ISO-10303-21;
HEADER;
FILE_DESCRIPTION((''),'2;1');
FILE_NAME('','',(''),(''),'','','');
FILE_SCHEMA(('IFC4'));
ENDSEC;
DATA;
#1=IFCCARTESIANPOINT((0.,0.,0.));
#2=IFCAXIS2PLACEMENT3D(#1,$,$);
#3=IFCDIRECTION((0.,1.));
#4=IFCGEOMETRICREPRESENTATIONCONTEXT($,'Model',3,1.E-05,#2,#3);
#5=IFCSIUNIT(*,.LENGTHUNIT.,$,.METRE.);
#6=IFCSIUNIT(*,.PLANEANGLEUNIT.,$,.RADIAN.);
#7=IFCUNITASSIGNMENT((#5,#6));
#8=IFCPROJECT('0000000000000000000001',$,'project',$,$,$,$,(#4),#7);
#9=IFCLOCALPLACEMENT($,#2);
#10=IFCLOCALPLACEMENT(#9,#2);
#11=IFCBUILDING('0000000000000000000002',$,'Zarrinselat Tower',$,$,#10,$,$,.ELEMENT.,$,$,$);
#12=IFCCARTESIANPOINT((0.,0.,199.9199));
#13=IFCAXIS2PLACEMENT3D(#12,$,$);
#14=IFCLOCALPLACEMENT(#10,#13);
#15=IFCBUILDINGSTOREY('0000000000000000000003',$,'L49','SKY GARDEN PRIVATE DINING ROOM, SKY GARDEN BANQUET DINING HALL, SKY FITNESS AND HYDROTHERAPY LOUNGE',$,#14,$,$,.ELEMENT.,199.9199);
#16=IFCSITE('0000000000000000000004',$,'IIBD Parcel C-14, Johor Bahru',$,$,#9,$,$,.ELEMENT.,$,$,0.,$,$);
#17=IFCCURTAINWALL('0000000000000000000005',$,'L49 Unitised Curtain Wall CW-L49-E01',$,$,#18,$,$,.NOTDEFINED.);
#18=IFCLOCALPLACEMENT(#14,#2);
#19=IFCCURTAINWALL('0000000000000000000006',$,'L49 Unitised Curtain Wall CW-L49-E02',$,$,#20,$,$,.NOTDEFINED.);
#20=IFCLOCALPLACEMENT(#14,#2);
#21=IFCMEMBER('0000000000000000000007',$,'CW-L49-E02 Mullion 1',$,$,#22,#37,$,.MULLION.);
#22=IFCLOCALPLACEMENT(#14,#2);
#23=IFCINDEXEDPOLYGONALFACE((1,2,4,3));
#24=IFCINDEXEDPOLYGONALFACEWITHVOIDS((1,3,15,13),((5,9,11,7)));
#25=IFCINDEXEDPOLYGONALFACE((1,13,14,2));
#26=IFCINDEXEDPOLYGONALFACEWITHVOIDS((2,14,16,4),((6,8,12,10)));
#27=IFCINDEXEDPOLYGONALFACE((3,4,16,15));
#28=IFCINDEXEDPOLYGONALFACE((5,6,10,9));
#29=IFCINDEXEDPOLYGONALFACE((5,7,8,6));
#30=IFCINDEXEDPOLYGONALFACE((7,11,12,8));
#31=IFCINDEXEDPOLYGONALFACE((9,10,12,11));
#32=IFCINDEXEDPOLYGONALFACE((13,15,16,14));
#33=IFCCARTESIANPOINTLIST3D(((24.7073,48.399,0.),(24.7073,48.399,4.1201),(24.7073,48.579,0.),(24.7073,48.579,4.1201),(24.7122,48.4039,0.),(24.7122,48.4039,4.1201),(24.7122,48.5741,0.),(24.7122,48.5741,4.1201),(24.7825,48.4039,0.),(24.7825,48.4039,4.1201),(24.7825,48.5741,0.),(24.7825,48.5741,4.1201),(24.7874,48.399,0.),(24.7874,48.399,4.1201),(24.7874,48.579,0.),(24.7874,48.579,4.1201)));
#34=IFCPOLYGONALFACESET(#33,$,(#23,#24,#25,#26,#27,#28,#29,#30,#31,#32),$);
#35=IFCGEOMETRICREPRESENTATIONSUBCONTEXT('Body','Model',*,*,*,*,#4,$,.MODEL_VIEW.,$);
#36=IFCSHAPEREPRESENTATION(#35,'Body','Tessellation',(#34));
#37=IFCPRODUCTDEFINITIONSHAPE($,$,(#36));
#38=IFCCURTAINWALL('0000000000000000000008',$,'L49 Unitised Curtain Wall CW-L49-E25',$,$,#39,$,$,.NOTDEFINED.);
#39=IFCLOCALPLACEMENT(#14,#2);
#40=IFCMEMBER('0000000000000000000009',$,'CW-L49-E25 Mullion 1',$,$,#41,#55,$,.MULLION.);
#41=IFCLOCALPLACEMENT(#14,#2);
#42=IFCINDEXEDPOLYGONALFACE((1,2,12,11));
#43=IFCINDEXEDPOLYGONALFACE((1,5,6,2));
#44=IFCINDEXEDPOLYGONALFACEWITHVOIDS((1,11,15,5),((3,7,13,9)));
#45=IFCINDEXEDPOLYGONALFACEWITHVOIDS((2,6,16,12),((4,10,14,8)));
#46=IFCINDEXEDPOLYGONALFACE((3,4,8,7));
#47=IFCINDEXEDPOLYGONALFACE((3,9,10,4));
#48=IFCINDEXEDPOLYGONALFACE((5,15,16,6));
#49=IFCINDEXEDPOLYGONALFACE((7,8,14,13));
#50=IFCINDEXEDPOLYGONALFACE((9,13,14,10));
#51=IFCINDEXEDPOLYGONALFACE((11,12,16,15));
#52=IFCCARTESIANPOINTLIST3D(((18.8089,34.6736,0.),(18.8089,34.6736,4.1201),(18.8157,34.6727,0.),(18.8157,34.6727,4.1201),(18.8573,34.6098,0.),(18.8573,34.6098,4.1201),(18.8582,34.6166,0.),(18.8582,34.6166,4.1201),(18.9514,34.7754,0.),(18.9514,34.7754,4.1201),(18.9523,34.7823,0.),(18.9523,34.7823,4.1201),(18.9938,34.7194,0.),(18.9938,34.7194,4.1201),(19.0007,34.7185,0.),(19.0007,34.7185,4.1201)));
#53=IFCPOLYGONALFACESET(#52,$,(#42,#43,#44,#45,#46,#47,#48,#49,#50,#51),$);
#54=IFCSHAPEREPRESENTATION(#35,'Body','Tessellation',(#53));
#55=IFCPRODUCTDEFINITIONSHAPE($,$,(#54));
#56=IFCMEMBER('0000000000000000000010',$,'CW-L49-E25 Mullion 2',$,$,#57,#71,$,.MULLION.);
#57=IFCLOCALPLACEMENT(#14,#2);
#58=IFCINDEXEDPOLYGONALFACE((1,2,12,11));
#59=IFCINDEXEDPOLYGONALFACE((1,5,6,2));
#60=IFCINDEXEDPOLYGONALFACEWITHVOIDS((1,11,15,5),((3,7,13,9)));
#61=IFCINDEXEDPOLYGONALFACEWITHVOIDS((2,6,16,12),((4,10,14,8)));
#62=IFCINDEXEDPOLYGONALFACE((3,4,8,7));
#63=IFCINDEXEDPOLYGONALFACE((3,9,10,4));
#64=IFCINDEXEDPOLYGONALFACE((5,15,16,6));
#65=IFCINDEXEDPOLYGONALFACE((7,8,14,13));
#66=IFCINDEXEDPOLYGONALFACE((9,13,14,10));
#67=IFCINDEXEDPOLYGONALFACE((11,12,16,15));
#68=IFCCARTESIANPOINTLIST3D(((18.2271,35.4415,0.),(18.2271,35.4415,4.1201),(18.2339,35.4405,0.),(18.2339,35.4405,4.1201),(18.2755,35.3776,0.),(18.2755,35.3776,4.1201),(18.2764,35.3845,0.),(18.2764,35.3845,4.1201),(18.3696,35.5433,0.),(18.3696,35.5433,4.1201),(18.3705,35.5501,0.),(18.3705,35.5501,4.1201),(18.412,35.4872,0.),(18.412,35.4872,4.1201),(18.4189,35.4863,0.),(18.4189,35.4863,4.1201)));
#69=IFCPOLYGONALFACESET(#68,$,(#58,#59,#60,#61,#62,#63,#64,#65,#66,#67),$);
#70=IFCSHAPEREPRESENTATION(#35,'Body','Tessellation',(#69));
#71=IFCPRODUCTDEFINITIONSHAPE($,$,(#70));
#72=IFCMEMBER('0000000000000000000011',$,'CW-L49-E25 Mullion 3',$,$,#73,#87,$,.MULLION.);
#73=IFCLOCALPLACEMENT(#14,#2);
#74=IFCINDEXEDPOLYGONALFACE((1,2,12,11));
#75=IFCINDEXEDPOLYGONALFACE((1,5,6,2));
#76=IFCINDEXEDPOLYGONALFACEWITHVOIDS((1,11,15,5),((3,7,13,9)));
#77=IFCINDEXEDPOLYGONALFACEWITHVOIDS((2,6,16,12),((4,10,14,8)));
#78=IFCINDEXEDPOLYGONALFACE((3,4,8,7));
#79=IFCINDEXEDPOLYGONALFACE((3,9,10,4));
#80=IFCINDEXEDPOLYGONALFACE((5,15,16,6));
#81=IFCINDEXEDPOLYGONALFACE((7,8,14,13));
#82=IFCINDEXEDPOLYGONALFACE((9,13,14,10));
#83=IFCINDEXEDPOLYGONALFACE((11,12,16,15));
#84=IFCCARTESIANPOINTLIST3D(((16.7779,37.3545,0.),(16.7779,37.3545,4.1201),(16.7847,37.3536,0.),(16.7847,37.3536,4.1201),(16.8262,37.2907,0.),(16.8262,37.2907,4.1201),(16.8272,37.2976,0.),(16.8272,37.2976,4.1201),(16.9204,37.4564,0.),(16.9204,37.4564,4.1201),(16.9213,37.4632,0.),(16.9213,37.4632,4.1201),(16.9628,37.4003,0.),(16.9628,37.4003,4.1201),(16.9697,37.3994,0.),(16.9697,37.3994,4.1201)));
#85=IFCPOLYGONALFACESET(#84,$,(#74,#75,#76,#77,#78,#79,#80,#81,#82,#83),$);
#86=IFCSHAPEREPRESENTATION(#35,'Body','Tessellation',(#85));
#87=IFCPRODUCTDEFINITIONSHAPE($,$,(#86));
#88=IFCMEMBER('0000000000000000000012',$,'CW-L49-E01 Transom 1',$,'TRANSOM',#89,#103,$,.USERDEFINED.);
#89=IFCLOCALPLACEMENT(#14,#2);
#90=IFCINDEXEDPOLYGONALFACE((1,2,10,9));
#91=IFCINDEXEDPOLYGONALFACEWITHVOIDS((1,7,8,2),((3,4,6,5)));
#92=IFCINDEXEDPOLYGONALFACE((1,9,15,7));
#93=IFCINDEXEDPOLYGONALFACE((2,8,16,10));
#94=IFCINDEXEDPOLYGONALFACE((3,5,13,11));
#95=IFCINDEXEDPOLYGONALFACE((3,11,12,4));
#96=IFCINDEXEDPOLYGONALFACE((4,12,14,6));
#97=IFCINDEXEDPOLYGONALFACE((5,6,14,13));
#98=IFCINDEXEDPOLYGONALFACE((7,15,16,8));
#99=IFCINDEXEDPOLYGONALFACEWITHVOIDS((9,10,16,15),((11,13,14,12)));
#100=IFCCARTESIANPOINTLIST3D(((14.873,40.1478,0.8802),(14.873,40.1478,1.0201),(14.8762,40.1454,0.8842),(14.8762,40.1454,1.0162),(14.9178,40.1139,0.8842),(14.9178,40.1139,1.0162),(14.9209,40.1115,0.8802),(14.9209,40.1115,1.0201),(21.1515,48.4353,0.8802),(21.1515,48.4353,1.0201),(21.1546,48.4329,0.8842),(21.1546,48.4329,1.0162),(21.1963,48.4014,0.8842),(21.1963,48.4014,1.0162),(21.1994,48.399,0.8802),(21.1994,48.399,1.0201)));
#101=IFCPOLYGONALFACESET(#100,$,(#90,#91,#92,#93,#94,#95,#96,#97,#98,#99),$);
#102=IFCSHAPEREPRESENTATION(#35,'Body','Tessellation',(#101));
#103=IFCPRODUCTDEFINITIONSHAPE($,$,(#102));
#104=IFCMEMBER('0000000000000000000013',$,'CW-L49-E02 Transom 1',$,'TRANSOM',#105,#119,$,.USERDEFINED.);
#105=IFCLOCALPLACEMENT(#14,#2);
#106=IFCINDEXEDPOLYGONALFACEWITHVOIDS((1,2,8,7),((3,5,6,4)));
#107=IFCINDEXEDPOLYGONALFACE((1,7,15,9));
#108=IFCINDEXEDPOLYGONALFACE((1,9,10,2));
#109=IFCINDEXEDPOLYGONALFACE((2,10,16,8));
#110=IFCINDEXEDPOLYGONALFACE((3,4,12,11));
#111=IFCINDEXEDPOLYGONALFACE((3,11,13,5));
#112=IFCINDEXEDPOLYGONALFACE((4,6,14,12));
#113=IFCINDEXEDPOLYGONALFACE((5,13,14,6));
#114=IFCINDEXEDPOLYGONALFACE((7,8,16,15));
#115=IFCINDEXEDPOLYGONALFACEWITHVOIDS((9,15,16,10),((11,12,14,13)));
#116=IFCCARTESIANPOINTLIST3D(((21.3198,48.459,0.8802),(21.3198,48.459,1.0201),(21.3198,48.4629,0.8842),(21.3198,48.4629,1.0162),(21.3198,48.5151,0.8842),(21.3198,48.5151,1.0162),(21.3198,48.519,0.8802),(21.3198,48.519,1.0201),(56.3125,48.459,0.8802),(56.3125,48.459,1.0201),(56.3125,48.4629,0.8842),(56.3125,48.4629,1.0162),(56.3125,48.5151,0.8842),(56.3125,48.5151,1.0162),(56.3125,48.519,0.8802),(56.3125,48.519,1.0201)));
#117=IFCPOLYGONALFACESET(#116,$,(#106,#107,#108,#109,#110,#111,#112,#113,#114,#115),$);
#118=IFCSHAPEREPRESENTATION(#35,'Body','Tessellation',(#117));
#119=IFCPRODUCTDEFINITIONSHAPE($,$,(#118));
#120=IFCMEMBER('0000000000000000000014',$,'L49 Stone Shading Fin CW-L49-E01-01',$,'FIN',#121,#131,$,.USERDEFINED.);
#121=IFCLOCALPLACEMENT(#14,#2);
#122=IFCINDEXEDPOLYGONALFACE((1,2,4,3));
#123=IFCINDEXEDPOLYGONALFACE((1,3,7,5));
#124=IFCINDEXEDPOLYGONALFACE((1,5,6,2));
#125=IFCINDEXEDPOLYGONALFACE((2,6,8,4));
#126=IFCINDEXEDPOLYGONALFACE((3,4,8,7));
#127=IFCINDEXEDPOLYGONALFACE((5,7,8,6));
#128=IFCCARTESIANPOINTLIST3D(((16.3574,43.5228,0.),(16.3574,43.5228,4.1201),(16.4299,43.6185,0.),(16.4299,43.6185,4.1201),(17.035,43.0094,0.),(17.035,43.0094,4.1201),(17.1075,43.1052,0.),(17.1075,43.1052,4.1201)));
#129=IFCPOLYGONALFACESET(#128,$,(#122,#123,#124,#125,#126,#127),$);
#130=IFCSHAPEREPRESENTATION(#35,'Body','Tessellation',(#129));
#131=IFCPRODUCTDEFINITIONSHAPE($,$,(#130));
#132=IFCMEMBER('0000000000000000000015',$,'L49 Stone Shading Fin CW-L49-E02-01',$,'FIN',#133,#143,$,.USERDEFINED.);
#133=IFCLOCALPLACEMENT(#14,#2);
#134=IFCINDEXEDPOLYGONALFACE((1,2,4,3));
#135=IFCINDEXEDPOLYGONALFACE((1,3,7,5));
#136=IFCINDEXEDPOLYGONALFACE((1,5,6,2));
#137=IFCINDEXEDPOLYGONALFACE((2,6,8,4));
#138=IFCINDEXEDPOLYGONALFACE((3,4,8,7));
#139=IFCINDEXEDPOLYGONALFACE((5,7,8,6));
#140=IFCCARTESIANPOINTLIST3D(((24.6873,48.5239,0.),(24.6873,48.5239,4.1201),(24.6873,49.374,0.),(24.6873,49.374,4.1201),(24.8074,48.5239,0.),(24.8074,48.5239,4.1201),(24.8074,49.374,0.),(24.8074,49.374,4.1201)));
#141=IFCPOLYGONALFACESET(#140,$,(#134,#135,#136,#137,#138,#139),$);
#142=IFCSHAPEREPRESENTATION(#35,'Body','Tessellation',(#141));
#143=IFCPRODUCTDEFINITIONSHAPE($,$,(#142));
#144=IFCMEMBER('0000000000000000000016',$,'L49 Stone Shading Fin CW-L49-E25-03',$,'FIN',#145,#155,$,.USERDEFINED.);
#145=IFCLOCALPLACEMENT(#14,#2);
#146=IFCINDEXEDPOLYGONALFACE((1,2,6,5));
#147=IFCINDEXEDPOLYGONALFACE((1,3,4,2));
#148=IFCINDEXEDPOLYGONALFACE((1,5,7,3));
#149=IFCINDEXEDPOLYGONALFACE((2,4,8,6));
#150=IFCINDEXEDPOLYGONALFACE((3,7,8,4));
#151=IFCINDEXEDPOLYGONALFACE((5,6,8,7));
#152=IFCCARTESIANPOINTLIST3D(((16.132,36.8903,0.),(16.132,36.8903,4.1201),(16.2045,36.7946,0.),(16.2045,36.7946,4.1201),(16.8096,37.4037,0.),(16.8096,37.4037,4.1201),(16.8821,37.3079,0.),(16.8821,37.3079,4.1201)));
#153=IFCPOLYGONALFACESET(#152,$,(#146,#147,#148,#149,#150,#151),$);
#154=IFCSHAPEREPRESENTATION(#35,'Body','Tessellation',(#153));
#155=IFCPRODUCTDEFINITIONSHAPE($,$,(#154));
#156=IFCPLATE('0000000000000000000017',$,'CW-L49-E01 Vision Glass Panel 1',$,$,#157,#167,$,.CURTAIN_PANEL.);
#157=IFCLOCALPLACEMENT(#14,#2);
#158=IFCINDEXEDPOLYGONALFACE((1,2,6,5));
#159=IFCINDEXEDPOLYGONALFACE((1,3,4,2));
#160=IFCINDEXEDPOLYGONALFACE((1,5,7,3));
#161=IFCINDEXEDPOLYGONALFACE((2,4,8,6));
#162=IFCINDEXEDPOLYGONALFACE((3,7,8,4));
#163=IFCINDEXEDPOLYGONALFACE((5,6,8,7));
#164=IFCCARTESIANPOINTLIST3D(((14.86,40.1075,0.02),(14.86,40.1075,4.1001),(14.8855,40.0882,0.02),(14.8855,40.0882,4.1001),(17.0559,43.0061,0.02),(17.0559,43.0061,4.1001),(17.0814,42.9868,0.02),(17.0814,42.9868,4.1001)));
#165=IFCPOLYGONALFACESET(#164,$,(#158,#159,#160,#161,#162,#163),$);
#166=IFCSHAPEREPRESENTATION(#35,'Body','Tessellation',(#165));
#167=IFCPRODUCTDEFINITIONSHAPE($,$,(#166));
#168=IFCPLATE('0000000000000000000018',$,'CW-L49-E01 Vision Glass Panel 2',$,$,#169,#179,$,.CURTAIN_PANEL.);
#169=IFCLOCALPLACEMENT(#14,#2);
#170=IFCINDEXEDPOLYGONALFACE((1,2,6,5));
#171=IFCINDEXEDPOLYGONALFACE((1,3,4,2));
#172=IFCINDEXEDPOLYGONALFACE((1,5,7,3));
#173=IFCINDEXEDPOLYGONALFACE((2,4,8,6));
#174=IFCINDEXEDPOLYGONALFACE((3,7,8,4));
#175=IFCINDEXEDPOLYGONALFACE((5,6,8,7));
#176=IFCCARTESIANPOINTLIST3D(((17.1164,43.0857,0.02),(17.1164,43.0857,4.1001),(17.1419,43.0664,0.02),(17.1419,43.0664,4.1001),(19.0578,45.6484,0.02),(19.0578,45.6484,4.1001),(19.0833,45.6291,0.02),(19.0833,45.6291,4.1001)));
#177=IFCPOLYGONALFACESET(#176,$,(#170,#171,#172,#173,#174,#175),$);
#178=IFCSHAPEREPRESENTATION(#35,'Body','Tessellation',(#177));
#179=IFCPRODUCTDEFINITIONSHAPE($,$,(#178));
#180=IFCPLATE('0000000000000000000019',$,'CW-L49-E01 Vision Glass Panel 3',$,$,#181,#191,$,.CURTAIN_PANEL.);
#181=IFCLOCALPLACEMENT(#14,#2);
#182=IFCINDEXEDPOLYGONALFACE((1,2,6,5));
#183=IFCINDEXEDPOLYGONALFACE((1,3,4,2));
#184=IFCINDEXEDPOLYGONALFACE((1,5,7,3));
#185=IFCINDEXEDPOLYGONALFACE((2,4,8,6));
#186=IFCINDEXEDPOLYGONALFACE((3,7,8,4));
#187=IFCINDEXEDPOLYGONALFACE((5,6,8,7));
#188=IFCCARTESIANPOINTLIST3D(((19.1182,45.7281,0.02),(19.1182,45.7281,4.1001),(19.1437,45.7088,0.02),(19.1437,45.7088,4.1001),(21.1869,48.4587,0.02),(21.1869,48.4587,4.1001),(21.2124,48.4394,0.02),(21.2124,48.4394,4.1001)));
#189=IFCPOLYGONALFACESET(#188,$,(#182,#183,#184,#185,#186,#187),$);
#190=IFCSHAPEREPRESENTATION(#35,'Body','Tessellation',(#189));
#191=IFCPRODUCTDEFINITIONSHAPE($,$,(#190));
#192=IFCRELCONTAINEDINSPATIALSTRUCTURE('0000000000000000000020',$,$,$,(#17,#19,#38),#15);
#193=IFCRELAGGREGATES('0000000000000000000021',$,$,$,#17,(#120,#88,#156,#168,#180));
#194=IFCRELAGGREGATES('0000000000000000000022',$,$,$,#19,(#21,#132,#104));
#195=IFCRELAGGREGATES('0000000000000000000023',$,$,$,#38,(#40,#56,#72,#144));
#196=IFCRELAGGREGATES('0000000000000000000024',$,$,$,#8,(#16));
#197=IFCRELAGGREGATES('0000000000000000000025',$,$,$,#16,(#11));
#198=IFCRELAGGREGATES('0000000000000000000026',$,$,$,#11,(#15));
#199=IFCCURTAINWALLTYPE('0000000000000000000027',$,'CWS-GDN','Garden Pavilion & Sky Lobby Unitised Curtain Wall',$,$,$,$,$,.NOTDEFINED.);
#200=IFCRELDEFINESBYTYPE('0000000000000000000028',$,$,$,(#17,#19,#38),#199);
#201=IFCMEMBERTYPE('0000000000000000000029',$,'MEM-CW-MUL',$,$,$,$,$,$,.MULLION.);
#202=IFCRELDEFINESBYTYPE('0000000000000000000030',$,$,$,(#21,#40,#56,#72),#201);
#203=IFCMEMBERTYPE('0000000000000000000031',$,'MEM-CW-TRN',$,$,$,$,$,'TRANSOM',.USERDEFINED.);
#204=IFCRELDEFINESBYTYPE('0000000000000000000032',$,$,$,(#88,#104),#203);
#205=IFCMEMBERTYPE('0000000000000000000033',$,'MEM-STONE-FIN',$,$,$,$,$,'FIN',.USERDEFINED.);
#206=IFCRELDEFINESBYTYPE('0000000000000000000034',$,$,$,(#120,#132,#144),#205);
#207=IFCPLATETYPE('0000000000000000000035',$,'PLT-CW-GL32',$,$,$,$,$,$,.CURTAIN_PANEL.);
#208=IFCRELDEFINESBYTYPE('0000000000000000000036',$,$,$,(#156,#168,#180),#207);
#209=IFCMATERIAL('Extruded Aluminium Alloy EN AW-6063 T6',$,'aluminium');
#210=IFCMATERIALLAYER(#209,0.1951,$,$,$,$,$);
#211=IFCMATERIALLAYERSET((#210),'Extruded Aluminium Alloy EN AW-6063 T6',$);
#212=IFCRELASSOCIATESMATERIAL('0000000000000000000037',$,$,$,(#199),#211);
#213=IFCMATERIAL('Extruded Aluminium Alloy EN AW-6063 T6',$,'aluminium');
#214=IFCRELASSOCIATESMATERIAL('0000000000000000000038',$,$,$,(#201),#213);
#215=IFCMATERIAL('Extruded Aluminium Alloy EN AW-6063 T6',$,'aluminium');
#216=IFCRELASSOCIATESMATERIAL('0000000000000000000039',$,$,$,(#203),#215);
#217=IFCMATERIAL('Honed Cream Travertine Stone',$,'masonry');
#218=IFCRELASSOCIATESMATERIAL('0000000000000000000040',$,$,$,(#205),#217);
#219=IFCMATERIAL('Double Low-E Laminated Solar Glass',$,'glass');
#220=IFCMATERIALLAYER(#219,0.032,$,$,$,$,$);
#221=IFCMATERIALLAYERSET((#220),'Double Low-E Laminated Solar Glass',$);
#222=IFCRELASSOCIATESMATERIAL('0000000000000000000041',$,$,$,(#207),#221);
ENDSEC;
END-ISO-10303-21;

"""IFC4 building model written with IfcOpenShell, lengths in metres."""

from ifc_helpers import new_model, si_unit, direction, frame, origin, origin_2d, place, context, subcontext, project, spatial, rectangle, hollow_rectangle, extrude, material, layer, layer_set, material_profile, profile_set, type_object, element, aggregate, save


model = new_model("IFC4")

# Units and contexts
model_context = context("Model", 3, precision=1e-05, world=origin(), true_north=direction((0.0, 1.0)))
body_context = subcontext(model_context, "Body", "Model", "MODEL_VIEW")
ifc_project = project(units=[si_unit("LENGTHUNIT", "METRE"), si_unit("PLANEANGLEUNIT", "RADIAN")], contexts=[model_context])

# Site, building, storey
site_placement = place(None, origin())
site = spatial("IfcSite", under=ifc_project, at=site_placement, Name="IIBD Parcel C-14, Johor Bahru", CompositionType="ELEMENT", RefElevation=0.0)
building_placement = place(site_placement, origin())
building = spatial("IfcBuilding", under=site, at=building_placement, Name="Zarrinselat Tower", CompositionType="ELEMENT")
storey_placement = place(building_placement, frame((0.0, 0.0, 199.9199)))
storey = spatial("IfcBuildingStorey", under=building, at=storey_placement, Name="L49", Description="SKY GARDEN PRIVATE DINING ROOM, SKY GARDEN BANQUET DINING HALL, SKY FITNESS AND HYDROTHERAPY LOUNGE", CompositionType="ELEMENT", Elevation=199.9199)

# Curtain wall
ifc_material_1 = material(Name="Extruded Aluminium Alloy EN AW-6063 T6", Category="aluminium")
ifc_layer_1 = layer(ifc_material_1, 0.1951)
ifc_layer_set_1 = layer_set([ifc_layer_1], Name="Extruded Aluminium Alloy EN AW-6063 T6")
curtain_wall_type = type_object("IfcCurtainWallType", Name="CWS-GDN", Description="Garden Pavilion & Sky Lobby Unitised Curtain Wall", PredefinedType="NOTDEFINED", material=ifc_layer_set_1)
curtain_wall_1_placement = place(storey_placement, origin())
curtain_wall_1 = element("IfcCurtainWall", 1, at=curtain_wall_1_placement, inside=storey, type_object=curtain_wall_type, Name="L49 Unitised Curtain Wall CW-L49-E01", PredefinedType="NOTDEFINED")
ifc_material_2 = material(Name="Extruded Aluminium Alloy EN AW-6063 T6", Category="aluminium")
ifc_material_profile_1 = material_profile(ifc_material_2, hollow_rectangle(XDim=0.0801, YDim=0.1799, WallThickness=0.0049, at=origin_2d()), Name="RHS 180x80x5")
ifc_profile_set_1 = profile_set([ifc_material_profile_1], Name="Extruded Aluminium Alloy EN AW-6063 T6")
member_type_1 = type_object("IfcMemberType", Name="MEM-CW-MUL", PredefinedType="MULLION", material=ifc_profile_set_1)

# Curtain wall, member
curtain_wall_2_placement = place(storey_placement, origin())
curtain_wall_2 = element("IfcCurtainWall", 2, at=curtain_wall_2_placement, inside=storey, type_object=curtain_wall_type, Name="L49 Unitised Curtain Wall CW-L49-E02", PredefinedType="NOTDEFINED")
member_1_placement = place(storey_placement, frame((24.7473, 48.489, 0.0), z_axis=(0.0, 0.0, 1.0), x_axis=(1.0, 0.0, 0.0)))
member_1 = element("IfcMember", 3, at=member_1_placement, type_object=member_type_1, Name="CW-L49-E02 Mullion 1", PredefinedType="MULLION", context=body_context, shape_type="SweptSolid", body=[
    extrude(hollow_rectangle(XDim=0.0801, YDim=0.1799, WallThickness=0.0049, at=origin_2d()), origin(), (0.0, 0.0, 1.0), 4.1201),
])

# Curtain wall, members
curtain_wall_3_placement = place(storey_placement, origin())
curtain_wall_3 = element("IfcCurtainWall", 4, at=curtain_wall_3_placement, inside=storey, type_object=curtain_wall_type, Name="L49 Unitised Curtain Wall CW-L49-E25", PredefinedType="NOTDEFINED")
member_2_placement = place(storey_placement, frame((18.9048, 34.696, 0.0), z_axis=(0.0, 0.0, 1.0), x_axis=(-0.603858, 0.797092, 0.0)))
member_2 = element("IfcMember", 5, at=member_2_placement, type_object=member_type_1, Name="CW-L49-E25 Mullion 1", PredefinedType="MULLION", context=body_context, shape_type="SweptSolid", body=[
    extrude(hollow_rectangle(XDim=0.0801, YDim=0.1799, WallThickness=0.0049, at=origin_2d()), origin(), (0.0, 0.0, 1.0), 4.1201),
])
member_3_placement = place(storey_placement, frame((18.323, 35.4639, 0.0), z_axis=(0.0, 0.0, 1.0), x_axis=(-0.603858, 0.797092, 0.0)))
member_3 = element("IfcMember", 6, at=member_3_placement, type_object=member_type_1, Name="CW-L49-E25 Mullion 2", PredefinedType="MULLION", context=body_context, shape_type="SweptSolid", body=[
    extrude(hollow_rectangle(XDim=0.0801, YDim=0.1799, WallThickness=0.0049, at=origin_2d()), origin(), (0.0, 0.0, 1.0), 4.1201),
])
member_4_placement = place(storey_placement, frame((16.8738, 37.377, 0.0), z_axis=(0.0, 0.0, 1.0), x_axis=(-0.603858, 0.797092, 0.0)))
member_4 = element("IfcMember", 7, at=member_4_placement, type_object=member_type_1, Name="CW-L49-E25 Mullion 3", PredefinedType="MULLION", context=body_context, shape_type="SweptSolid", body=[
    extrude(hollow_rectangle(XDim=0.0801, YDim=0.1799, WallThickness=0.0049, at=origin_2d()), origin(), (0.0, 0.0, 1.0), 4.1201),
])

# Members
ifc_material_3 = material(Name="Extruded Aluminium Alloy EN AW-6063 T6", Category="aluminium")
ifc_material_profile_2 = material_profile(ifc_material_3, hollow_rectangle(XDim=0.0601, YDim=0.1399, WallThickness=0.0039, at=origin_2d()), Name="RHS 140x60x4")
ifc_profile_set_2 = profile_set([ifc_material_profile_2], Name="Extruded Aluminium Alloy EN AW-6063 T6")
member_type_2 = type_object("IfcMemberType", Name="MEM-CW-TRN", ElementType="TRANSOM", PredefinedType="USERDEFINED", material=ifc_profile_set_2)
member_5_placement = place(storey_placement, frame((14.897, 40.1296, 0.9502), z_axis=(0.603863, 0.797088, 0.0), x_axis=(-0.797088, 0.603863, 0.0)))
member_5 = element("IfcMember", 8, at=member_5_placement, type_object=member_type_2, Name="CW-L49-E01 Transom 1", ObjectType="TRANSOM", PredefinedType="USERDEFINED", context=body_context, shape_type="SweptSolid", body=[
    extrude(hollow_rectangle(XDim=0.0601, YDim=0.1399, WallThickness=0.0039, at=origin_2d()), origin(), (0.0, 0.0, 1.0), 10.3972),
])
member_6_placement = place(storey_placement, frame((21.3198, 48.489, 0.9502), z_axis=(1.0, 0.0, 0.0), x_axis=(0.0, 1.0, 0.0)))
member_6 = element("IfcMember", 9, at=member_6_placement, type_object=member_type_2, Name="CW-L49-E02 Transom 1", ObjectType="TRANSOM", PredefinedType="USERDEFINED", context=body_context, shape_type="SweptSolid", body=[
    extrude(hollow_rectangle(XDim=0.0601, YDim=0.1399, WallThickness=0.0039, at=origin_2d()), origin(), (0.0, 0.0, 1.0), 34.9927),
])
ifc_material_4 = material(Name="Honed Cream Travertine Stone", Category="masonry")
ifc_material_profile_3 = material_profile(ifc_material_4, rectangle(XDim=0.1201, YDim=0.8501, at=origin_2d()), Name="FIN 850x120")
ifc_profile_set_3 = profile_set([ifc_material_profile_3], Name="Honed Cream Travertine Stone")
member_type_3 = type_object("IfcMemberType", Name="MEM-STONE-FIN", ElementType="FIN", PredefinedType="USERDEFINED", material=ifc_profile_set_3)
member_7_placement = place(storey_placement, frame((16.7324, 43.314, 0.0), z_axis=(0.0, 0.0, 1.0), x_axis=(0.603858, 0.797092, 0.0)))
member_7 = element("IfcMember", 10, at=member_7_placement, type_object=member_type_3, Name="L49 Stone Shading Fin CW-L49-E01-01", ObjectType="FIN", PredefinedType="USERDEFINED", context=body_context, shape_type="SweptSolid", body=[
    extrude(rectangle(XDim=0.1201, YDim=0.8501, at=origin_2d()), origin(), (0.0, 0.0, 1.0), 4.1201),
])
member_8_placement = place(storey_placement, frame((24.7473, 48.949, 0.0), z_axis=(0.0, 0.0, 1.0), x_axis=(1.0, 0.0, 0.0)))
member_8 = element("IfcMember", 11, at=member_8_placement, type_object=member_type_3, Name="L49 Stone Shading Fin CW-L49-E02-01", ObjectType="FIN", PredefinedType="USERDEFINED", context=body_context, shape_type="SweptSolid", body=[
    extrude(rectangle(XDim=0.1201, YDim=0.8501, at=origin_2d()), origin(), (0.0, 0.0, 1.0), 4.1201),
])
member_9_placement = place(storey_placement, frame((16.5071, 37.0991, 0.0), z_axis=(0.0, 0.0, 1.0), x_axis=(-0.603858, 0.797092, 0.0)))
member_9 = element("IfcMember", 12, at=member_9_placement, type_object=member_type_3, Name="L49 Stone Shading Fin CW-L49-E25-03", ObjectType="FIN", PredefinedType="USERDEFINED", context=body_context, shape_type="SweptSolid", body=[
    extrude(rectangle(XDim=0.1201, YDim=0.8501, at=origin_2d()), origin(), (0.0, 0.0, 1.0), 4.1201),
])

# Plates
ifc_material_5 = material(Name="Double Low-E Laminated Solar Glass", Category="glass")
ifc_layer_2 = layer(ifc_material_5, 0.032)
ifc_layer_set_2 = layer_set([ifc_layer_2], Name="Double Low-E Laminated Solar Glass")
plate_type = type_object("IfcPlateType", Name="PLT-CW-GL32", PredefinedType="CURTAIN_PANEL", material=ifc_layer_set_2)
plate_1_placement = place(storey_placement, frame((15.9707, 41.5471, 0.02), z_axis=(0.0, 0.0, 1.0), x_axis=(0.603858, 0.797092, 0.0)))
plate_1 = element("IfcPlate", 13, at=plate_1_placement, type_object=plate_type, Name="CW-L49-E01 Vision Glass Panel 1", PredefinedType="CURTAIN_PANEL", context=body_context, shape_type="SweptSolid", body=[
    extrude(rectangle(XDim=3.6365, YDim=0.032, at=origin_2d()), origin(), (0.0, 0.0, 1.0), 4.0801),
])
plate_2_placement = place(storey_placement, frame((18.0999, 44.3574, 0.02), z_axis=(0.0, 0.0, 1.0), x_axis=(0.603858, 0.797092, 0.0)))
plate_2 = element("IfcPlate", 14, at=plate_2_placement, type_object=plate_type, Name="CW-L49-E01 Vision Glass Panel 2", PredefinedType="CURTAIN_PANEL", context=body_context, shape_type="SweptSolid", body=[
    extrude(rectangle(XDim=3.2151, YDim=0.032, at=origin_2d()), origin(), (0.0, 0.0, 1.0), 4.0801),
])
plate_3_placement = place(storey_placement, frame((20.1653, 47.0837, 0.02), z_axis=(0.0, 0.0, 1.0), x_axis=(0.603858, 0.797092, 0.0)))
plate_3 = element("IfcPlate", 15, at=plate_3_placement, type_object=plate_type, Name="CW-L49-E01 Vision Glass Panel 3", PredefinedType="CURTAIN_PANEL", context=body_context, shape_type="SweptSolid", body=[
    extrude(rectangle(XDim=3.4258, YDim=0.032, at=origin_2d()), origin(), (0.0, 0.0, 1.0), 4.0801),
])
aggregate(curtain_wall_1, [member_7, member_5, plate_1, plate_2, plate_3])
aggregate(curtain_wall_2, [member_1, member_8, member_6])
aggregate(curtain_wall_3, [member_2, member_3, member_4, member_9])

save(model, "model.ifc")
